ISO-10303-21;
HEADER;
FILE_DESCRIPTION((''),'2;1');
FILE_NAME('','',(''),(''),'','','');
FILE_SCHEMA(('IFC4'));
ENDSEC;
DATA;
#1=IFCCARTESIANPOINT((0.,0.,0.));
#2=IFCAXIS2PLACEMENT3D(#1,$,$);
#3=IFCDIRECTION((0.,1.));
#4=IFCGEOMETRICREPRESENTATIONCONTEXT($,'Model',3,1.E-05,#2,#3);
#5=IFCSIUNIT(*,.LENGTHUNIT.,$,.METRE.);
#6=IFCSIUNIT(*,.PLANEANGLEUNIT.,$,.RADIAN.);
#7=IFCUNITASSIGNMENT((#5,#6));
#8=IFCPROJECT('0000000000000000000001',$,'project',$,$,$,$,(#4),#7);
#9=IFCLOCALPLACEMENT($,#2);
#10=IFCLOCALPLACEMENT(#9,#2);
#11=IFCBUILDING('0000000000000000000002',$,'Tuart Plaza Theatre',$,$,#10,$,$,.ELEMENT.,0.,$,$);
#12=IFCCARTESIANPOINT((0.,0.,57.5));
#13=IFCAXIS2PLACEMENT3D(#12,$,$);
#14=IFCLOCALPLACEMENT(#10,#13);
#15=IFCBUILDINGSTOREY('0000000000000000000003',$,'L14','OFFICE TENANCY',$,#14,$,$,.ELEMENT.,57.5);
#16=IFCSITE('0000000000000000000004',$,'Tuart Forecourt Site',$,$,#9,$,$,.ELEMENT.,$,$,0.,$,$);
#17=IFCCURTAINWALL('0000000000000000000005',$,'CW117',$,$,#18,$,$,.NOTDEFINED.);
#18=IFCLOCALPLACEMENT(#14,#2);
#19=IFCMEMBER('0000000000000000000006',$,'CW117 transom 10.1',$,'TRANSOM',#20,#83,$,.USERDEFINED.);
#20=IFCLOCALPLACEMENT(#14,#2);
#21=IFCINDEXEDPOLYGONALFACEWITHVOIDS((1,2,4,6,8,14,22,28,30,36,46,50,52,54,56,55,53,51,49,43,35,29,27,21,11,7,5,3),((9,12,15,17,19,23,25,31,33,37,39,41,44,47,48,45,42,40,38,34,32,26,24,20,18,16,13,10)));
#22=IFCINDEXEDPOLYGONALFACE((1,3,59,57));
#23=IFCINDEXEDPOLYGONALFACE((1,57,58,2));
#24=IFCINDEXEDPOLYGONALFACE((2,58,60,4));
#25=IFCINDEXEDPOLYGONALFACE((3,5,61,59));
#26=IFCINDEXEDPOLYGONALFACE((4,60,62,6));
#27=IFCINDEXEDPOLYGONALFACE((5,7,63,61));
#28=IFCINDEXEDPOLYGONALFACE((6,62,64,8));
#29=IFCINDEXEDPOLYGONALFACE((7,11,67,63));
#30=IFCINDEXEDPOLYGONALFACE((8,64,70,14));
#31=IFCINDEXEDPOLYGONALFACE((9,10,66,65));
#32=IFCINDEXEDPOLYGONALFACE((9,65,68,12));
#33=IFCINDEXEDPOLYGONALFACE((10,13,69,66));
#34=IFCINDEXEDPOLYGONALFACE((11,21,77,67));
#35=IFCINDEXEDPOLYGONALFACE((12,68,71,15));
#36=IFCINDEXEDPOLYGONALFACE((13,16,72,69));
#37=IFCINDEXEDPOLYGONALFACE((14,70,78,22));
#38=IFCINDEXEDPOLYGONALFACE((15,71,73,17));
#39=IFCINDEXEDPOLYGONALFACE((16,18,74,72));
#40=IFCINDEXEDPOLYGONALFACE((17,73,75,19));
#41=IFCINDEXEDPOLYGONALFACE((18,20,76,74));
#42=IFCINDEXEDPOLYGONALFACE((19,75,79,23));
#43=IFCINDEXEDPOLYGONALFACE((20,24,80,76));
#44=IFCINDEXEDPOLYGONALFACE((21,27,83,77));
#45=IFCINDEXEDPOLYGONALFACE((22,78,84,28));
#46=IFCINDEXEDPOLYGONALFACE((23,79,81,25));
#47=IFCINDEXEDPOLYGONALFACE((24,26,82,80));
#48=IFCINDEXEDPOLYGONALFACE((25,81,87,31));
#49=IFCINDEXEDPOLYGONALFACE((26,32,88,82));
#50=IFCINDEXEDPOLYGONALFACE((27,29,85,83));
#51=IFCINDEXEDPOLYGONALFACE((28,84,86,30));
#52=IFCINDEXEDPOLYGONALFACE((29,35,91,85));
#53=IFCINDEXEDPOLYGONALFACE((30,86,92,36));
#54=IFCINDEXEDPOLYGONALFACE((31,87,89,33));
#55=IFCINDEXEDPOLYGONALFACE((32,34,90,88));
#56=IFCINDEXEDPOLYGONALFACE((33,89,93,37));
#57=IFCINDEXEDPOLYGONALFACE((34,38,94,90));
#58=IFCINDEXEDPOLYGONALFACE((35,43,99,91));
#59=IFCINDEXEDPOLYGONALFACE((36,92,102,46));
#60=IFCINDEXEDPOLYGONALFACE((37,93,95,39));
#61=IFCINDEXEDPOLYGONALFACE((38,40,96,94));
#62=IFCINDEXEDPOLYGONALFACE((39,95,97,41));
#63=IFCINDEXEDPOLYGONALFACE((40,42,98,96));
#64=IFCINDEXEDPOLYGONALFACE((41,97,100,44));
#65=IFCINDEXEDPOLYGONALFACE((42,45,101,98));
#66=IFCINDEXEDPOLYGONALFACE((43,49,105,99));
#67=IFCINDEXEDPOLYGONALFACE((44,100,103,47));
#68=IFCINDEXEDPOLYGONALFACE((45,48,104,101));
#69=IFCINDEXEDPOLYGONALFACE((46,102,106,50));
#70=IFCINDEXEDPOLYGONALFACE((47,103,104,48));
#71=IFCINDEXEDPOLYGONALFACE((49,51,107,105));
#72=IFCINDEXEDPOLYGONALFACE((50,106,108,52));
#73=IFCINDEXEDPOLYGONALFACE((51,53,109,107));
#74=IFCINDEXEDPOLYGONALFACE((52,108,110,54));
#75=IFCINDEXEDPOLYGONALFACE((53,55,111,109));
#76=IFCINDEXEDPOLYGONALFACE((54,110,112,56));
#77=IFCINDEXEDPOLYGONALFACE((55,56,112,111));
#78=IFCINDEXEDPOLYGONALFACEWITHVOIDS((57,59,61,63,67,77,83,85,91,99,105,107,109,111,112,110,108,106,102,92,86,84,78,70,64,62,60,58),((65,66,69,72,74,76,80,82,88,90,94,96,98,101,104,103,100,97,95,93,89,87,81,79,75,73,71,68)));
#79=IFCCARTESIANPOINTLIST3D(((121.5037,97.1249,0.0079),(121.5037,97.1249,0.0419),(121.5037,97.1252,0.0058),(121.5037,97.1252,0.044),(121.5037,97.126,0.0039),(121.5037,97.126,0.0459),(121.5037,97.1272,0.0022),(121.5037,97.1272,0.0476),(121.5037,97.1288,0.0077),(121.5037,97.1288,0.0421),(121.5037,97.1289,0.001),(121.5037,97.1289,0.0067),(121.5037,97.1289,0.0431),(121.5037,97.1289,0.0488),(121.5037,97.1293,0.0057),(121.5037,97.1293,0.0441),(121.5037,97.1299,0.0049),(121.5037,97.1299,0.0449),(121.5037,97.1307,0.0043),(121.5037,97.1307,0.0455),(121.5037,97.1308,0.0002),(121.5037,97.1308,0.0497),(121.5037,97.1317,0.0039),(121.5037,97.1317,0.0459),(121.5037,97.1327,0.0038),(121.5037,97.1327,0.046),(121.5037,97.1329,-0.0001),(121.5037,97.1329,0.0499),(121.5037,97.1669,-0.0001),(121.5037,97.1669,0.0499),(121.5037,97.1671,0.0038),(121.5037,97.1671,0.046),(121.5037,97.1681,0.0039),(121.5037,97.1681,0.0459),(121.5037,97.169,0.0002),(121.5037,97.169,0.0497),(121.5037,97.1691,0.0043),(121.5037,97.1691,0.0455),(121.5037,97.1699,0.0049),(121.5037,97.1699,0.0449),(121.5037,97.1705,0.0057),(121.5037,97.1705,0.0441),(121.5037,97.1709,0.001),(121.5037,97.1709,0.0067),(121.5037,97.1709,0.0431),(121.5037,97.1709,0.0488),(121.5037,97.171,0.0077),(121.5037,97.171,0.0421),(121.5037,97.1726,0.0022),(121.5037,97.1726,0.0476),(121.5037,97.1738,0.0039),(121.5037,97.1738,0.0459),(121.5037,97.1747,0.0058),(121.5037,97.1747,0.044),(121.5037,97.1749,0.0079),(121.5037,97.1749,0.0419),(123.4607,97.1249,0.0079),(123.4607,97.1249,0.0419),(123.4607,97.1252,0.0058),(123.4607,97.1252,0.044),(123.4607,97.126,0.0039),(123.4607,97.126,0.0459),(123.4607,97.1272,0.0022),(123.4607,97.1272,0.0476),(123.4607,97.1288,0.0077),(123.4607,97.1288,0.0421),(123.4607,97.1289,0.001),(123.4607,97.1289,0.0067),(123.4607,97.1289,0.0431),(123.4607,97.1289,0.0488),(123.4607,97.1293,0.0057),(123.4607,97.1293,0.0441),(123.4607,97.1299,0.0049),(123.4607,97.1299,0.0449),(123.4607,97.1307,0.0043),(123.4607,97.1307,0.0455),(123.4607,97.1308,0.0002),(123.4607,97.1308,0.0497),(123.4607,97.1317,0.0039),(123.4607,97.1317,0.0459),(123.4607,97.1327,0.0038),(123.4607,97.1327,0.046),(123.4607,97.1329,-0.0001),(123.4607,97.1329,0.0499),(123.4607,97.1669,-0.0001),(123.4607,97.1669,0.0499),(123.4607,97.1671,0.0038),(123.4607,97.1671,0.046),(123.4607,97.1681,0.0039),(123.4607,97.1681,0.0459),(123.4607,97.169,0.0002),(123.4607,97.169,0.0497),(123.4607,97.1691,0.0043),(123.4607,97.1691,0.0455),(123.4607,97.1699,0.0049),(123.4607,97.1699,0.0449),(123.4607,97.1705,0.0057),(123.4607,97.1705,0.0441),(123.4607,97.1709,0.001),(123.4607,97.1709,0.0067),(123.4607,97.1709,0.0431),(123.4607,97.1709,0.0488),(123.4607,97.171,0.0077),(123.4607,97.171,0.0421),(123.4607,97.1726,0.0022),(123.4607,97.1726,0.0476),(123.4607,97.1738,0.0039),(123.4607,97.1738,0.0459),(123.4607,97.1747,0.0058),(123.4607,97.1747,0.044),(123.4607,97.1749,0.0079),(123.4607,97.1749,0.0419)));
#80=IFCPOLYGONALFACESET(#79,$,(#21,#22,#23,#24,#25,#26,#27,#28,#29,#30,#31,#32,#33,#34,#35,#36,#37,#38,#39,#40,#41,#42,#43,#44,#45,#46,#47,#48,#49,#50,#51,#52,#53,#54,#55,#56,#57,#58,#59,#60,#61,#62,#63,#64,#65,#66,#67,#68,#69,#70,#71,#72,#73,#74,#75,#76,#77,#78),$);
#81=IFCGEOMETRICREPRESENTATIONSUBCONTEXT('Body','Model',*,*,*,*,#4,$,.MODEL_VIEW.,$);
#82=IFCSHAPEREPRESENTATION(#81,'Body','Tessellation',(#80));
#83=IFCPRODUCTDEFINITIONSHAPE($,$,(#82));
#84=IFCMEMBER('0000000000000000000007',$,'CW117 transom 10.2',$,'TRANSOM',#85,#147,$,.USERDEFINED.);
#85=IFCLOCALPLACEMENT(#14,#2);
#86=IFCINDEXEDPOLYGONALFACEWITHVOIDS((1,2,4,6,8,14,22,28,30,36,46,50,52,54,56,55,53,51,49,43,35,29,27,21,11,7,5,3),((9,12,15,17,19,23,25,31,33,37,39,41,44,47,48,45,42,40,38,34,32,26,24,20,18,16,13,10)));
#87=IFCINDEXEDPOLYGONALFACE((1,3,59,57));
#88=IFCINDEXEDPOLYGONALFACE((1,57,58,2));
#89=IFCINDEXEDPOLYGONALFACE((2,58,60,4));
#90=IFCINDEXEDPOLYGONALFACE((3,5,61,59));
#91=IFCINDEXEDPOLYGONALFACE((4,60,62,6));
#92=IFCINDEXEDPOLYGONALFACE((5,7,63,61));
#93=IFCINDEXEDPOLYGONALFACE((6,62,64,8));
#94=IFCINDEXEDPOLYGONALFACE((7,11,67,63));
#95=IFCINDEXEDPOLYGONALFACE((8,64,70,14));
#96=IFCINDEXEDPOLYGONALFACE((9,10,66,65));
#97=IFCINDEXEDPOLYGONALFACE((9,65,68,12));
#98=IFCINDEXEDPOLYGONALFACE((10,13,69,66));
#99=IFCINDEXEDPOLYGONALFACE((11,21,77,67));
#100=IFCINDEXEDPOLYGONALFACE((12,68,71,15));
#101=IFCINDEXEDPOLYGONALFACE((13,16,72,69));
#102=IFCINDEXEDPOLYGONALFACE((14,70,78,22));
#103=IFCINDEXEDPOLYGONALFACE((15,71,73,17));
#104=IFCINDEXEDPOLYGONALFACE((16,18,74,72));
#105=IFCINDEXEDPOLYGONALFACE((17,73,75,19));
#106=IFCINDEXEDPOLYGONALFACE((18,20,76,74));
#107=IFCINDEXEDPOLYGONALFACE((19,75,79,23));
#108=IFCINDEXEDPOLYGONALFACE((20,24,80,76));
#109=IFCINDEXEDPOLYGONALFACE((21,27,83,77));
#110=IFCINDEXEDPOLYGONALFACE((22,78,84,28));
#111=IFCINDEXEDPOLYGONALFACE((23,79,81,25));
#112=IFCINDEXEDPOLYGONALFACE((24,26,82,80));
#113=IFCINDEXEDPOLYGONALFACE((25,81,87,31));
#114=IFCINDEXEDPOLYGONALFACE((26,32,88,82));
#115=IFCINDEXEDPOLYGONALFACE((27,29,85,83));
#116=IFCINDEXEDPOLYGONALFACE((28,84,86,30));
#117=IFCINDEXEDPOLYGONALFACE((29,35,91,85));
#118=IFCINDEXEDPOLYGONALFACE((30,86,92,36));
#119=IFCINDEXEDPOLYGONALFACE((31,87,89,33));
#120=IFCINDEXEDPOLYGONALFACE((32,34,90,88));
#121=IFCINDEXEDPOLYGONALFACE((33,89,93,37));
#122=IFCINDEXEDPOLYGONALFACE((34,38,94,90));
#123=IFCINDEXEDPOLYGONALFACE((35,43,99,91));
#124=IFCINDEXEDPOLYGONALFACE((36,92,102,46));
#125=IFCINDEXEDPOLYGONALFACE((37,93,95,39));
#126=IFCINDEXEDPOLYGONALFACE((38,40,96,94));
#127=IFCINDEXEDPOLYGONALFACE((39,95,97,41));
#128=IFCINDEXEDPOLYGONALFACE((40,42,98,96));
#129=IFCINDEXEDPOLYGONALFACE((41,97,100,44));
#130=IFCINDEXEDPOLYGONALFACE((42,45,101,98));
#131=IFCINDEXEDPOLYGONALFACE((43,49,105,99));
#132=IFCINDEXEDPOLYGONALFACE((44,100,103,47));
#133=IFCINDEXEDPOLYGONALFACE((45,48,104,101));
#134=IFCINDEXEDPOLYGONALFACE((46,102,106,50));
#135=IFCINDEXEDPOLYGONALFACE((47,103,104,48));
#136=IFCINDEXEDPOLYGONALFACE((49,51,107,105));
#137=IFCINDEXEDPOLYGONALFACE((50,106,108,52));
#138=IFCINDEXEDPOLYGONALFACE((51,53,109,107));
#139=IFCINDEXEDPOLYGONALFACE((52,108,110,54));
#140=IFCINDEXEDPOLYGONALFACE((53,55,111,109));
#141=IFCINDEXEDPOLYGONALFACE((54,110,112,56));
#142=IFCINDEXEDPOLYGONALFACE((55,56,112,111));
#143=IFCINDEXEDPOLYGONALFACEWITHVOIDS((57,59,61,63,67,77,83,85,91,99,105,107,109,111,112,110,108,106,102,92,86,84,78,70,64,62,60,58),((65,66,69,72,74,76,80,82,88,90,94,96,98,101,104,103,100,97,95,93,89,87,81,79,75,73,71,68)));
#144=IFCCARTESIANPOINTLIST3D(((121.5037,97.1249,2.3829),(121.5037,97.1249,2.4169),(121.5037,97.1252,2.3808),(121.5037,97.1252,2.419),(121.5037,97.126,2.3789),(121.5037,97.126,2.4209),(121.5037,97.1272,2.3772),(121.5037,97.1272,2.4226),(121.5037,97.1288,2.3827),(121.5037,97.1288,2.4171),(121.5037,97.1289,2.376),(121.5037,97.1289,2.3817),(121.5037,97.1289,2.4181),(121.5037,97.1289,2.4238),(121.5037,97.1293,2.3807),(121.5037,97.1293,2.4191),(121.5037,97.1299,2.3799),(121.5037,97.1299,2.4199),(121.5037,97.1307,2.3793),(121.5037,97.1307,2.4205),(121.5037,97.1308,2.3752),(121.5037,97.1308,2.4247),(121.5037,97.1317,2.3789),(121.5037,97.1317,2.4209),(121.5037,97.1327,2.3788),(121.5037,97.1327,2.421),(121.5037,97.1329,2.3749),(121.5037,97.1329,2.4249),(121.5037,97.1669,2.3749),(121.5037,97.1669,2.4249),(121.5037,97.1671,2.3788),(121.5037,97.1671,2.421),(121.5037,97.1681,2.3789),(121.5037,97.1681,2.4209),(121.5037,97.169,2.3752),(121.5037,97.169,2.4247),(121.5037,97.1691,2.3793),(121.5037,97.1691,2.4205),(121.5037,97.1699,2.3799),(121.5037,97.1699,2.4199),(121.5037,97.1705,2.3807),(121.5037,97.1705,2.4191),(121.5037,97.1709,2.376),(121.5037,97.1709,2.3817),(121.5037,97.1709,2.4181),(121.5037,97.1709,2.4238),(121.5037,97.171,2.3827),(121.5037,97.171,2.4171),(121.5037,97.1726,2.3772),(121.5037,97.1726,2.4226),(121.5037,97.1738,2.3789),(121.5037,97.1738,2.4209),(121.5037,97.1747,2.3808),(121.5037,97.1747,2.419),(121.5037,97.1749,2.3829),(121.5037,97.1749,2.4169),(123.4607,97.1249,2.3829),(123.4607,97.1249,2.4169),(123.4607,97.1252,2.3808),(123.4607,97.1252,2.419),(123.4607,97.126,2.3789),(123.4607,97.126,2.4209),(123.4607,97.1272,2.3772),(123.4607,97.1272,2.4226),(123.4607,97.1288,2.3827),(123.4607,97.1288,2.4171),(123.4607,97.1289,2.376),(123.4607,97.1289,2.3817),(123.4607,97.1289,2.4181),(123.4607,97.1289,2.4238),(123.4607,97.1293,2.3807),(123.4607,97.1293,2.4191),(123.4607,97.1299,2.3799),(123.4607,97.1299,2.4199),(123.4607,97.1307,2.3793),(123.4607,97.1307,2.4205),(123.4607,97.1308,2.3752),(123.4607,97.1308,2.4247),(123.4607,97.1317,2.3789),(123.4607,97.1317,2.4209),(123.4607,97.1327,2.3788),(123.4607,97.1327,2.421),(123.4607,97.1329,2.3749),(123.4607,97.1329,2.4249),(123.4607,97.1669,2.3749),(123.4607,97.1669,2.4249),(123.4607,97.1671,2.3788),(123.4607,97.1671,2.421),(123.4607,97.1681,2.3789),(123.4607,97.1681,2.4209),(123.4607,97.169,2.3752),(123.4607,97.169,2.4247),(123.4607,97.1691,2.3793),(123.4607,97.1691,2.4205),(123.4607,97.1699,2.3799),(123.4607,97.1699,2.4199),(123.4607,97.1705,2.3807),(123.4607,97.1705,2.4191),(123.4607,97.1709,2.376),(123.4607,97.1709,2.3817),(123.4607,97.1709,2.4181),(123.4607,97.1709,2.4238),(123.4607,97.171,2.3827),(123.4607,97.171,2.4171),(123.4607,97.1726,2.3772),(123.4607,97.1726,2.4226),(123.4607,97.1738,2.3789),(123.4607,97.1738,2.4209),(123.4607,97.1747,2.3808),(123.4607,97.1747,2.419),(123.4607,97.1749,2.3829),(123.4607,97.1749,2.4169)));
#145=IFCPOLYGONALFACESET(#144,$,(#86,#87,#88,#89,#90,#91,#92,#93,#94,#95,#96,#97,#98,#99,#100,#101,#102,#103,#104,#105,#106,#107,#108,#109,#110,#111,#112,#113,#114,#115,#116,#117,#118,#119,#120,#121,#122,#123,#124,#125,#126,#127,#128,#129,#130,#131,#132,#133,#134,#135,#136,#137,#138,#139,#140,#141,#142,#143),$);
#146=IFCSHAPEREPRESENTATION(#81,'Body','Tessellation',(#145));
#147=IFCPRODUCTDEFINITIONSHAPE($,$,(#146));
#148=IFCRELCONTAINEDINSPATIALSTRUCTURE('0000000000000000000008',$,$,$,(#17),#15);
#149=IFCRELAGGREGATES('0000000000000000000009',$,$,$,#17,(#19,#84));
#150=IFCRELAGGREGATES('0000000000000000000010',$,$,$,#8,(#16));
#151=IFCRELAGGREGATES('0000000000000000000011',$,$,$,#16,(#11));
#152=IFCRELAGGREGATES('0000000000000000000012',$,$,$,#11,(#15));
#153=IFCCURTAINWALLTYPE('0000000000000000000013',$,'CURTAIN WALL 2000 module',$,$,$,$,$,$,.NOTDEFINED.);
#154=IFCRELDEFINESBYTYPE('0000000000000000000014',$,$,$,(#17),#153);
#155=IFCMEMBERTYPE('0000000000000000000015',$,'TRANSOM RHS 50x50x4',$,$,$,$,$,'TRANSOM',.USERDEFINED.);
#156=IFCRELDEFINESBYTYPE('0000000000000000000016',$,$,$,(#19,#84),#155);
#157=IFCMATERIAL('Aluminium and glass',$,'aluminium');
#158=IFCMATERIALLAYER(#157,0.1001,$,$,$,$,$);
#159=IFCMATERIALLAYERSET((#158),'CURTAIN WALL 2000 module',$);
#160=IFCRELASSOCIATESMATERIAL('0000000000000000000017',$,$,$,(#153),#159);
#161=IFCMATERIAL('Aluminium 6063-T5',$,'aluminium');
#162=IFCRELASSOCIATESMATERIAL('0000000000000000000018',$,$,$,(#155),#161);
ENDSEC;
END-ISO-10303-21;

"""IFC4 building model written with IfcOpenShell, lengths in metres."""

from ifc_helpers import new_model, si_unit, direction, frame, origin, origin_2d, place, context, subcontext, project, spatial, hollow_rectangle, extrude, material, layer, layer_set, material_profile, profile_set, type_object, element, aggregate, save


model = new_model("IFC4")

# Units and contexts
model_context = context("Model", 3, precision=1e-05, world=origin(), true_north=direction((0.0, 1.0)))
body_context = subcontext(model_context, "Body", "Model", "MODEL_VIEW")
ifc_project = project(units=[si_unit("LENGTHUNIT", "METRE"), si_unit("PLANEANGLEUNIT", "RADIAN")], contexts=[model_context])

# Site, building, storey
site_placement = place(None, origin())
site = spatial("IfcSite", under=ifc_project, at=site_placement, Name="Tuart Forecourt Site", CompositionType="ELEMENT", RefElevation=0.0)
building_placement = place(site_placement, origin())
building = spatial("IfcBuilding", under=site, at=building_placement, Name="Tuart Plaza Theatre", CompositionType="ELEMENT", ElevationOfRefHeight=0.0)
storey_placement = place(building_placement, frame((0.0, 0.0, 57.5)))
storey = spatial("IfcBuildingStorey", under=building, at=storey_placement, Name="L14", Description="OFFICE TENANCY", CompositionType="ELEMENT", Elevation=57.5)

# Curtain wall, members
ifc_material_1 = material(Name="Aluminium and glass", Category="aluminium")
ifc_layer_1 = layer(ifc_material_1, 0.1001)
ifc_layer_set_1 = layer_set([ifc_layer_1], Name="CURTAIN WALL 2000 module")
curtain_wall_type = type_object("IfcCurtainWallType", Name="CURTAIN WALL 2000 module", PredefinedType="NOTDEFINED", material=ifc_layer_set_1)
curtain_wall_placement = place(storey_placement, origin())
curtain_wall = element("IfcCurtainWall", 1, at=curtain_wall_placement, inside=storey, type_object=curtain_wall_type, Name="CW117", PredefinedType="NOTDEFINED")
ifc_material_2 = material(Name="Aluminium 6063-T5", Category="aluminium")
ifc_material_profile_1 = material_profile(ifc_material_2, hollow_rectangle(XDim=0.05, YDim=0.05, WallThickness=0.0039, InnerFilletRadius=0.0039, OuterFilletRadius=0.0081, at=origin_2d()), Name="RHS 50x50x4")
ifc_profile_set_1 = profile_set([ifc_material_profile_1], Name="Aluminium 6063-T5")
member_type_1 = type_object("IfcMemberType", Name="TRANSOM RHS 50x50x4", ElementType="TRANSOM", PredefinedType="USERDEFINED", material=ifc_profile_set_1)
member_1_placement = place(storey_placement, frame((123.4607, 97.1499, 0.0249), z_axis=(-1.0, 0.0, 0.0), x_axis=(0.0, -1.0, 0.0)))
member_1 = element("IfcMember", 2, at=member_1_placement, type_object=member_type_1, Name="CW117 transom 10.1", ObjectType="TRANSOM", PredefinedType="USERDEFINED", context=body_context, shape_type="SweptSolid", body=[
    extrude(hollow_rectangle(XDim=0.05, YDim=0.05, WallThickness=0.0039, InnerFilletRadius=0.0039, OuterFilletRadius=0.0081, at=origin_2d()), origin(), (0.0, 0.0, 1.0), 1.957),
])
member_2_placement = place(storey_placement, frame((123.4607, 97.1499, 2.3999), z_axis=(-1.0, 0.0, 0.0), x_axis=(0.0, -1.0, 0.0)))
member_2 = element("IfcMember", 3, at=member_2_placement, type_object=member_type_1, Name="CW117 transom 10.2", ObjectType="TRANSOM", PredefinedType="USERDEFINED", context=body_context, shape_type="SweptSolid", body=[
    extrude(hollow_rectangle(XDim=0.05, YDim=0.05, WallThickness=0.0039, InnerFilletRadius=0.0039, OuterFilletRadius=0.0081, at=origin_2d()), origin(), (0.0, 0.0, 1.0), 1.957),
])
aggregate(curtain_wall, [member_1, member_2])

save(model, "model.ifc")
